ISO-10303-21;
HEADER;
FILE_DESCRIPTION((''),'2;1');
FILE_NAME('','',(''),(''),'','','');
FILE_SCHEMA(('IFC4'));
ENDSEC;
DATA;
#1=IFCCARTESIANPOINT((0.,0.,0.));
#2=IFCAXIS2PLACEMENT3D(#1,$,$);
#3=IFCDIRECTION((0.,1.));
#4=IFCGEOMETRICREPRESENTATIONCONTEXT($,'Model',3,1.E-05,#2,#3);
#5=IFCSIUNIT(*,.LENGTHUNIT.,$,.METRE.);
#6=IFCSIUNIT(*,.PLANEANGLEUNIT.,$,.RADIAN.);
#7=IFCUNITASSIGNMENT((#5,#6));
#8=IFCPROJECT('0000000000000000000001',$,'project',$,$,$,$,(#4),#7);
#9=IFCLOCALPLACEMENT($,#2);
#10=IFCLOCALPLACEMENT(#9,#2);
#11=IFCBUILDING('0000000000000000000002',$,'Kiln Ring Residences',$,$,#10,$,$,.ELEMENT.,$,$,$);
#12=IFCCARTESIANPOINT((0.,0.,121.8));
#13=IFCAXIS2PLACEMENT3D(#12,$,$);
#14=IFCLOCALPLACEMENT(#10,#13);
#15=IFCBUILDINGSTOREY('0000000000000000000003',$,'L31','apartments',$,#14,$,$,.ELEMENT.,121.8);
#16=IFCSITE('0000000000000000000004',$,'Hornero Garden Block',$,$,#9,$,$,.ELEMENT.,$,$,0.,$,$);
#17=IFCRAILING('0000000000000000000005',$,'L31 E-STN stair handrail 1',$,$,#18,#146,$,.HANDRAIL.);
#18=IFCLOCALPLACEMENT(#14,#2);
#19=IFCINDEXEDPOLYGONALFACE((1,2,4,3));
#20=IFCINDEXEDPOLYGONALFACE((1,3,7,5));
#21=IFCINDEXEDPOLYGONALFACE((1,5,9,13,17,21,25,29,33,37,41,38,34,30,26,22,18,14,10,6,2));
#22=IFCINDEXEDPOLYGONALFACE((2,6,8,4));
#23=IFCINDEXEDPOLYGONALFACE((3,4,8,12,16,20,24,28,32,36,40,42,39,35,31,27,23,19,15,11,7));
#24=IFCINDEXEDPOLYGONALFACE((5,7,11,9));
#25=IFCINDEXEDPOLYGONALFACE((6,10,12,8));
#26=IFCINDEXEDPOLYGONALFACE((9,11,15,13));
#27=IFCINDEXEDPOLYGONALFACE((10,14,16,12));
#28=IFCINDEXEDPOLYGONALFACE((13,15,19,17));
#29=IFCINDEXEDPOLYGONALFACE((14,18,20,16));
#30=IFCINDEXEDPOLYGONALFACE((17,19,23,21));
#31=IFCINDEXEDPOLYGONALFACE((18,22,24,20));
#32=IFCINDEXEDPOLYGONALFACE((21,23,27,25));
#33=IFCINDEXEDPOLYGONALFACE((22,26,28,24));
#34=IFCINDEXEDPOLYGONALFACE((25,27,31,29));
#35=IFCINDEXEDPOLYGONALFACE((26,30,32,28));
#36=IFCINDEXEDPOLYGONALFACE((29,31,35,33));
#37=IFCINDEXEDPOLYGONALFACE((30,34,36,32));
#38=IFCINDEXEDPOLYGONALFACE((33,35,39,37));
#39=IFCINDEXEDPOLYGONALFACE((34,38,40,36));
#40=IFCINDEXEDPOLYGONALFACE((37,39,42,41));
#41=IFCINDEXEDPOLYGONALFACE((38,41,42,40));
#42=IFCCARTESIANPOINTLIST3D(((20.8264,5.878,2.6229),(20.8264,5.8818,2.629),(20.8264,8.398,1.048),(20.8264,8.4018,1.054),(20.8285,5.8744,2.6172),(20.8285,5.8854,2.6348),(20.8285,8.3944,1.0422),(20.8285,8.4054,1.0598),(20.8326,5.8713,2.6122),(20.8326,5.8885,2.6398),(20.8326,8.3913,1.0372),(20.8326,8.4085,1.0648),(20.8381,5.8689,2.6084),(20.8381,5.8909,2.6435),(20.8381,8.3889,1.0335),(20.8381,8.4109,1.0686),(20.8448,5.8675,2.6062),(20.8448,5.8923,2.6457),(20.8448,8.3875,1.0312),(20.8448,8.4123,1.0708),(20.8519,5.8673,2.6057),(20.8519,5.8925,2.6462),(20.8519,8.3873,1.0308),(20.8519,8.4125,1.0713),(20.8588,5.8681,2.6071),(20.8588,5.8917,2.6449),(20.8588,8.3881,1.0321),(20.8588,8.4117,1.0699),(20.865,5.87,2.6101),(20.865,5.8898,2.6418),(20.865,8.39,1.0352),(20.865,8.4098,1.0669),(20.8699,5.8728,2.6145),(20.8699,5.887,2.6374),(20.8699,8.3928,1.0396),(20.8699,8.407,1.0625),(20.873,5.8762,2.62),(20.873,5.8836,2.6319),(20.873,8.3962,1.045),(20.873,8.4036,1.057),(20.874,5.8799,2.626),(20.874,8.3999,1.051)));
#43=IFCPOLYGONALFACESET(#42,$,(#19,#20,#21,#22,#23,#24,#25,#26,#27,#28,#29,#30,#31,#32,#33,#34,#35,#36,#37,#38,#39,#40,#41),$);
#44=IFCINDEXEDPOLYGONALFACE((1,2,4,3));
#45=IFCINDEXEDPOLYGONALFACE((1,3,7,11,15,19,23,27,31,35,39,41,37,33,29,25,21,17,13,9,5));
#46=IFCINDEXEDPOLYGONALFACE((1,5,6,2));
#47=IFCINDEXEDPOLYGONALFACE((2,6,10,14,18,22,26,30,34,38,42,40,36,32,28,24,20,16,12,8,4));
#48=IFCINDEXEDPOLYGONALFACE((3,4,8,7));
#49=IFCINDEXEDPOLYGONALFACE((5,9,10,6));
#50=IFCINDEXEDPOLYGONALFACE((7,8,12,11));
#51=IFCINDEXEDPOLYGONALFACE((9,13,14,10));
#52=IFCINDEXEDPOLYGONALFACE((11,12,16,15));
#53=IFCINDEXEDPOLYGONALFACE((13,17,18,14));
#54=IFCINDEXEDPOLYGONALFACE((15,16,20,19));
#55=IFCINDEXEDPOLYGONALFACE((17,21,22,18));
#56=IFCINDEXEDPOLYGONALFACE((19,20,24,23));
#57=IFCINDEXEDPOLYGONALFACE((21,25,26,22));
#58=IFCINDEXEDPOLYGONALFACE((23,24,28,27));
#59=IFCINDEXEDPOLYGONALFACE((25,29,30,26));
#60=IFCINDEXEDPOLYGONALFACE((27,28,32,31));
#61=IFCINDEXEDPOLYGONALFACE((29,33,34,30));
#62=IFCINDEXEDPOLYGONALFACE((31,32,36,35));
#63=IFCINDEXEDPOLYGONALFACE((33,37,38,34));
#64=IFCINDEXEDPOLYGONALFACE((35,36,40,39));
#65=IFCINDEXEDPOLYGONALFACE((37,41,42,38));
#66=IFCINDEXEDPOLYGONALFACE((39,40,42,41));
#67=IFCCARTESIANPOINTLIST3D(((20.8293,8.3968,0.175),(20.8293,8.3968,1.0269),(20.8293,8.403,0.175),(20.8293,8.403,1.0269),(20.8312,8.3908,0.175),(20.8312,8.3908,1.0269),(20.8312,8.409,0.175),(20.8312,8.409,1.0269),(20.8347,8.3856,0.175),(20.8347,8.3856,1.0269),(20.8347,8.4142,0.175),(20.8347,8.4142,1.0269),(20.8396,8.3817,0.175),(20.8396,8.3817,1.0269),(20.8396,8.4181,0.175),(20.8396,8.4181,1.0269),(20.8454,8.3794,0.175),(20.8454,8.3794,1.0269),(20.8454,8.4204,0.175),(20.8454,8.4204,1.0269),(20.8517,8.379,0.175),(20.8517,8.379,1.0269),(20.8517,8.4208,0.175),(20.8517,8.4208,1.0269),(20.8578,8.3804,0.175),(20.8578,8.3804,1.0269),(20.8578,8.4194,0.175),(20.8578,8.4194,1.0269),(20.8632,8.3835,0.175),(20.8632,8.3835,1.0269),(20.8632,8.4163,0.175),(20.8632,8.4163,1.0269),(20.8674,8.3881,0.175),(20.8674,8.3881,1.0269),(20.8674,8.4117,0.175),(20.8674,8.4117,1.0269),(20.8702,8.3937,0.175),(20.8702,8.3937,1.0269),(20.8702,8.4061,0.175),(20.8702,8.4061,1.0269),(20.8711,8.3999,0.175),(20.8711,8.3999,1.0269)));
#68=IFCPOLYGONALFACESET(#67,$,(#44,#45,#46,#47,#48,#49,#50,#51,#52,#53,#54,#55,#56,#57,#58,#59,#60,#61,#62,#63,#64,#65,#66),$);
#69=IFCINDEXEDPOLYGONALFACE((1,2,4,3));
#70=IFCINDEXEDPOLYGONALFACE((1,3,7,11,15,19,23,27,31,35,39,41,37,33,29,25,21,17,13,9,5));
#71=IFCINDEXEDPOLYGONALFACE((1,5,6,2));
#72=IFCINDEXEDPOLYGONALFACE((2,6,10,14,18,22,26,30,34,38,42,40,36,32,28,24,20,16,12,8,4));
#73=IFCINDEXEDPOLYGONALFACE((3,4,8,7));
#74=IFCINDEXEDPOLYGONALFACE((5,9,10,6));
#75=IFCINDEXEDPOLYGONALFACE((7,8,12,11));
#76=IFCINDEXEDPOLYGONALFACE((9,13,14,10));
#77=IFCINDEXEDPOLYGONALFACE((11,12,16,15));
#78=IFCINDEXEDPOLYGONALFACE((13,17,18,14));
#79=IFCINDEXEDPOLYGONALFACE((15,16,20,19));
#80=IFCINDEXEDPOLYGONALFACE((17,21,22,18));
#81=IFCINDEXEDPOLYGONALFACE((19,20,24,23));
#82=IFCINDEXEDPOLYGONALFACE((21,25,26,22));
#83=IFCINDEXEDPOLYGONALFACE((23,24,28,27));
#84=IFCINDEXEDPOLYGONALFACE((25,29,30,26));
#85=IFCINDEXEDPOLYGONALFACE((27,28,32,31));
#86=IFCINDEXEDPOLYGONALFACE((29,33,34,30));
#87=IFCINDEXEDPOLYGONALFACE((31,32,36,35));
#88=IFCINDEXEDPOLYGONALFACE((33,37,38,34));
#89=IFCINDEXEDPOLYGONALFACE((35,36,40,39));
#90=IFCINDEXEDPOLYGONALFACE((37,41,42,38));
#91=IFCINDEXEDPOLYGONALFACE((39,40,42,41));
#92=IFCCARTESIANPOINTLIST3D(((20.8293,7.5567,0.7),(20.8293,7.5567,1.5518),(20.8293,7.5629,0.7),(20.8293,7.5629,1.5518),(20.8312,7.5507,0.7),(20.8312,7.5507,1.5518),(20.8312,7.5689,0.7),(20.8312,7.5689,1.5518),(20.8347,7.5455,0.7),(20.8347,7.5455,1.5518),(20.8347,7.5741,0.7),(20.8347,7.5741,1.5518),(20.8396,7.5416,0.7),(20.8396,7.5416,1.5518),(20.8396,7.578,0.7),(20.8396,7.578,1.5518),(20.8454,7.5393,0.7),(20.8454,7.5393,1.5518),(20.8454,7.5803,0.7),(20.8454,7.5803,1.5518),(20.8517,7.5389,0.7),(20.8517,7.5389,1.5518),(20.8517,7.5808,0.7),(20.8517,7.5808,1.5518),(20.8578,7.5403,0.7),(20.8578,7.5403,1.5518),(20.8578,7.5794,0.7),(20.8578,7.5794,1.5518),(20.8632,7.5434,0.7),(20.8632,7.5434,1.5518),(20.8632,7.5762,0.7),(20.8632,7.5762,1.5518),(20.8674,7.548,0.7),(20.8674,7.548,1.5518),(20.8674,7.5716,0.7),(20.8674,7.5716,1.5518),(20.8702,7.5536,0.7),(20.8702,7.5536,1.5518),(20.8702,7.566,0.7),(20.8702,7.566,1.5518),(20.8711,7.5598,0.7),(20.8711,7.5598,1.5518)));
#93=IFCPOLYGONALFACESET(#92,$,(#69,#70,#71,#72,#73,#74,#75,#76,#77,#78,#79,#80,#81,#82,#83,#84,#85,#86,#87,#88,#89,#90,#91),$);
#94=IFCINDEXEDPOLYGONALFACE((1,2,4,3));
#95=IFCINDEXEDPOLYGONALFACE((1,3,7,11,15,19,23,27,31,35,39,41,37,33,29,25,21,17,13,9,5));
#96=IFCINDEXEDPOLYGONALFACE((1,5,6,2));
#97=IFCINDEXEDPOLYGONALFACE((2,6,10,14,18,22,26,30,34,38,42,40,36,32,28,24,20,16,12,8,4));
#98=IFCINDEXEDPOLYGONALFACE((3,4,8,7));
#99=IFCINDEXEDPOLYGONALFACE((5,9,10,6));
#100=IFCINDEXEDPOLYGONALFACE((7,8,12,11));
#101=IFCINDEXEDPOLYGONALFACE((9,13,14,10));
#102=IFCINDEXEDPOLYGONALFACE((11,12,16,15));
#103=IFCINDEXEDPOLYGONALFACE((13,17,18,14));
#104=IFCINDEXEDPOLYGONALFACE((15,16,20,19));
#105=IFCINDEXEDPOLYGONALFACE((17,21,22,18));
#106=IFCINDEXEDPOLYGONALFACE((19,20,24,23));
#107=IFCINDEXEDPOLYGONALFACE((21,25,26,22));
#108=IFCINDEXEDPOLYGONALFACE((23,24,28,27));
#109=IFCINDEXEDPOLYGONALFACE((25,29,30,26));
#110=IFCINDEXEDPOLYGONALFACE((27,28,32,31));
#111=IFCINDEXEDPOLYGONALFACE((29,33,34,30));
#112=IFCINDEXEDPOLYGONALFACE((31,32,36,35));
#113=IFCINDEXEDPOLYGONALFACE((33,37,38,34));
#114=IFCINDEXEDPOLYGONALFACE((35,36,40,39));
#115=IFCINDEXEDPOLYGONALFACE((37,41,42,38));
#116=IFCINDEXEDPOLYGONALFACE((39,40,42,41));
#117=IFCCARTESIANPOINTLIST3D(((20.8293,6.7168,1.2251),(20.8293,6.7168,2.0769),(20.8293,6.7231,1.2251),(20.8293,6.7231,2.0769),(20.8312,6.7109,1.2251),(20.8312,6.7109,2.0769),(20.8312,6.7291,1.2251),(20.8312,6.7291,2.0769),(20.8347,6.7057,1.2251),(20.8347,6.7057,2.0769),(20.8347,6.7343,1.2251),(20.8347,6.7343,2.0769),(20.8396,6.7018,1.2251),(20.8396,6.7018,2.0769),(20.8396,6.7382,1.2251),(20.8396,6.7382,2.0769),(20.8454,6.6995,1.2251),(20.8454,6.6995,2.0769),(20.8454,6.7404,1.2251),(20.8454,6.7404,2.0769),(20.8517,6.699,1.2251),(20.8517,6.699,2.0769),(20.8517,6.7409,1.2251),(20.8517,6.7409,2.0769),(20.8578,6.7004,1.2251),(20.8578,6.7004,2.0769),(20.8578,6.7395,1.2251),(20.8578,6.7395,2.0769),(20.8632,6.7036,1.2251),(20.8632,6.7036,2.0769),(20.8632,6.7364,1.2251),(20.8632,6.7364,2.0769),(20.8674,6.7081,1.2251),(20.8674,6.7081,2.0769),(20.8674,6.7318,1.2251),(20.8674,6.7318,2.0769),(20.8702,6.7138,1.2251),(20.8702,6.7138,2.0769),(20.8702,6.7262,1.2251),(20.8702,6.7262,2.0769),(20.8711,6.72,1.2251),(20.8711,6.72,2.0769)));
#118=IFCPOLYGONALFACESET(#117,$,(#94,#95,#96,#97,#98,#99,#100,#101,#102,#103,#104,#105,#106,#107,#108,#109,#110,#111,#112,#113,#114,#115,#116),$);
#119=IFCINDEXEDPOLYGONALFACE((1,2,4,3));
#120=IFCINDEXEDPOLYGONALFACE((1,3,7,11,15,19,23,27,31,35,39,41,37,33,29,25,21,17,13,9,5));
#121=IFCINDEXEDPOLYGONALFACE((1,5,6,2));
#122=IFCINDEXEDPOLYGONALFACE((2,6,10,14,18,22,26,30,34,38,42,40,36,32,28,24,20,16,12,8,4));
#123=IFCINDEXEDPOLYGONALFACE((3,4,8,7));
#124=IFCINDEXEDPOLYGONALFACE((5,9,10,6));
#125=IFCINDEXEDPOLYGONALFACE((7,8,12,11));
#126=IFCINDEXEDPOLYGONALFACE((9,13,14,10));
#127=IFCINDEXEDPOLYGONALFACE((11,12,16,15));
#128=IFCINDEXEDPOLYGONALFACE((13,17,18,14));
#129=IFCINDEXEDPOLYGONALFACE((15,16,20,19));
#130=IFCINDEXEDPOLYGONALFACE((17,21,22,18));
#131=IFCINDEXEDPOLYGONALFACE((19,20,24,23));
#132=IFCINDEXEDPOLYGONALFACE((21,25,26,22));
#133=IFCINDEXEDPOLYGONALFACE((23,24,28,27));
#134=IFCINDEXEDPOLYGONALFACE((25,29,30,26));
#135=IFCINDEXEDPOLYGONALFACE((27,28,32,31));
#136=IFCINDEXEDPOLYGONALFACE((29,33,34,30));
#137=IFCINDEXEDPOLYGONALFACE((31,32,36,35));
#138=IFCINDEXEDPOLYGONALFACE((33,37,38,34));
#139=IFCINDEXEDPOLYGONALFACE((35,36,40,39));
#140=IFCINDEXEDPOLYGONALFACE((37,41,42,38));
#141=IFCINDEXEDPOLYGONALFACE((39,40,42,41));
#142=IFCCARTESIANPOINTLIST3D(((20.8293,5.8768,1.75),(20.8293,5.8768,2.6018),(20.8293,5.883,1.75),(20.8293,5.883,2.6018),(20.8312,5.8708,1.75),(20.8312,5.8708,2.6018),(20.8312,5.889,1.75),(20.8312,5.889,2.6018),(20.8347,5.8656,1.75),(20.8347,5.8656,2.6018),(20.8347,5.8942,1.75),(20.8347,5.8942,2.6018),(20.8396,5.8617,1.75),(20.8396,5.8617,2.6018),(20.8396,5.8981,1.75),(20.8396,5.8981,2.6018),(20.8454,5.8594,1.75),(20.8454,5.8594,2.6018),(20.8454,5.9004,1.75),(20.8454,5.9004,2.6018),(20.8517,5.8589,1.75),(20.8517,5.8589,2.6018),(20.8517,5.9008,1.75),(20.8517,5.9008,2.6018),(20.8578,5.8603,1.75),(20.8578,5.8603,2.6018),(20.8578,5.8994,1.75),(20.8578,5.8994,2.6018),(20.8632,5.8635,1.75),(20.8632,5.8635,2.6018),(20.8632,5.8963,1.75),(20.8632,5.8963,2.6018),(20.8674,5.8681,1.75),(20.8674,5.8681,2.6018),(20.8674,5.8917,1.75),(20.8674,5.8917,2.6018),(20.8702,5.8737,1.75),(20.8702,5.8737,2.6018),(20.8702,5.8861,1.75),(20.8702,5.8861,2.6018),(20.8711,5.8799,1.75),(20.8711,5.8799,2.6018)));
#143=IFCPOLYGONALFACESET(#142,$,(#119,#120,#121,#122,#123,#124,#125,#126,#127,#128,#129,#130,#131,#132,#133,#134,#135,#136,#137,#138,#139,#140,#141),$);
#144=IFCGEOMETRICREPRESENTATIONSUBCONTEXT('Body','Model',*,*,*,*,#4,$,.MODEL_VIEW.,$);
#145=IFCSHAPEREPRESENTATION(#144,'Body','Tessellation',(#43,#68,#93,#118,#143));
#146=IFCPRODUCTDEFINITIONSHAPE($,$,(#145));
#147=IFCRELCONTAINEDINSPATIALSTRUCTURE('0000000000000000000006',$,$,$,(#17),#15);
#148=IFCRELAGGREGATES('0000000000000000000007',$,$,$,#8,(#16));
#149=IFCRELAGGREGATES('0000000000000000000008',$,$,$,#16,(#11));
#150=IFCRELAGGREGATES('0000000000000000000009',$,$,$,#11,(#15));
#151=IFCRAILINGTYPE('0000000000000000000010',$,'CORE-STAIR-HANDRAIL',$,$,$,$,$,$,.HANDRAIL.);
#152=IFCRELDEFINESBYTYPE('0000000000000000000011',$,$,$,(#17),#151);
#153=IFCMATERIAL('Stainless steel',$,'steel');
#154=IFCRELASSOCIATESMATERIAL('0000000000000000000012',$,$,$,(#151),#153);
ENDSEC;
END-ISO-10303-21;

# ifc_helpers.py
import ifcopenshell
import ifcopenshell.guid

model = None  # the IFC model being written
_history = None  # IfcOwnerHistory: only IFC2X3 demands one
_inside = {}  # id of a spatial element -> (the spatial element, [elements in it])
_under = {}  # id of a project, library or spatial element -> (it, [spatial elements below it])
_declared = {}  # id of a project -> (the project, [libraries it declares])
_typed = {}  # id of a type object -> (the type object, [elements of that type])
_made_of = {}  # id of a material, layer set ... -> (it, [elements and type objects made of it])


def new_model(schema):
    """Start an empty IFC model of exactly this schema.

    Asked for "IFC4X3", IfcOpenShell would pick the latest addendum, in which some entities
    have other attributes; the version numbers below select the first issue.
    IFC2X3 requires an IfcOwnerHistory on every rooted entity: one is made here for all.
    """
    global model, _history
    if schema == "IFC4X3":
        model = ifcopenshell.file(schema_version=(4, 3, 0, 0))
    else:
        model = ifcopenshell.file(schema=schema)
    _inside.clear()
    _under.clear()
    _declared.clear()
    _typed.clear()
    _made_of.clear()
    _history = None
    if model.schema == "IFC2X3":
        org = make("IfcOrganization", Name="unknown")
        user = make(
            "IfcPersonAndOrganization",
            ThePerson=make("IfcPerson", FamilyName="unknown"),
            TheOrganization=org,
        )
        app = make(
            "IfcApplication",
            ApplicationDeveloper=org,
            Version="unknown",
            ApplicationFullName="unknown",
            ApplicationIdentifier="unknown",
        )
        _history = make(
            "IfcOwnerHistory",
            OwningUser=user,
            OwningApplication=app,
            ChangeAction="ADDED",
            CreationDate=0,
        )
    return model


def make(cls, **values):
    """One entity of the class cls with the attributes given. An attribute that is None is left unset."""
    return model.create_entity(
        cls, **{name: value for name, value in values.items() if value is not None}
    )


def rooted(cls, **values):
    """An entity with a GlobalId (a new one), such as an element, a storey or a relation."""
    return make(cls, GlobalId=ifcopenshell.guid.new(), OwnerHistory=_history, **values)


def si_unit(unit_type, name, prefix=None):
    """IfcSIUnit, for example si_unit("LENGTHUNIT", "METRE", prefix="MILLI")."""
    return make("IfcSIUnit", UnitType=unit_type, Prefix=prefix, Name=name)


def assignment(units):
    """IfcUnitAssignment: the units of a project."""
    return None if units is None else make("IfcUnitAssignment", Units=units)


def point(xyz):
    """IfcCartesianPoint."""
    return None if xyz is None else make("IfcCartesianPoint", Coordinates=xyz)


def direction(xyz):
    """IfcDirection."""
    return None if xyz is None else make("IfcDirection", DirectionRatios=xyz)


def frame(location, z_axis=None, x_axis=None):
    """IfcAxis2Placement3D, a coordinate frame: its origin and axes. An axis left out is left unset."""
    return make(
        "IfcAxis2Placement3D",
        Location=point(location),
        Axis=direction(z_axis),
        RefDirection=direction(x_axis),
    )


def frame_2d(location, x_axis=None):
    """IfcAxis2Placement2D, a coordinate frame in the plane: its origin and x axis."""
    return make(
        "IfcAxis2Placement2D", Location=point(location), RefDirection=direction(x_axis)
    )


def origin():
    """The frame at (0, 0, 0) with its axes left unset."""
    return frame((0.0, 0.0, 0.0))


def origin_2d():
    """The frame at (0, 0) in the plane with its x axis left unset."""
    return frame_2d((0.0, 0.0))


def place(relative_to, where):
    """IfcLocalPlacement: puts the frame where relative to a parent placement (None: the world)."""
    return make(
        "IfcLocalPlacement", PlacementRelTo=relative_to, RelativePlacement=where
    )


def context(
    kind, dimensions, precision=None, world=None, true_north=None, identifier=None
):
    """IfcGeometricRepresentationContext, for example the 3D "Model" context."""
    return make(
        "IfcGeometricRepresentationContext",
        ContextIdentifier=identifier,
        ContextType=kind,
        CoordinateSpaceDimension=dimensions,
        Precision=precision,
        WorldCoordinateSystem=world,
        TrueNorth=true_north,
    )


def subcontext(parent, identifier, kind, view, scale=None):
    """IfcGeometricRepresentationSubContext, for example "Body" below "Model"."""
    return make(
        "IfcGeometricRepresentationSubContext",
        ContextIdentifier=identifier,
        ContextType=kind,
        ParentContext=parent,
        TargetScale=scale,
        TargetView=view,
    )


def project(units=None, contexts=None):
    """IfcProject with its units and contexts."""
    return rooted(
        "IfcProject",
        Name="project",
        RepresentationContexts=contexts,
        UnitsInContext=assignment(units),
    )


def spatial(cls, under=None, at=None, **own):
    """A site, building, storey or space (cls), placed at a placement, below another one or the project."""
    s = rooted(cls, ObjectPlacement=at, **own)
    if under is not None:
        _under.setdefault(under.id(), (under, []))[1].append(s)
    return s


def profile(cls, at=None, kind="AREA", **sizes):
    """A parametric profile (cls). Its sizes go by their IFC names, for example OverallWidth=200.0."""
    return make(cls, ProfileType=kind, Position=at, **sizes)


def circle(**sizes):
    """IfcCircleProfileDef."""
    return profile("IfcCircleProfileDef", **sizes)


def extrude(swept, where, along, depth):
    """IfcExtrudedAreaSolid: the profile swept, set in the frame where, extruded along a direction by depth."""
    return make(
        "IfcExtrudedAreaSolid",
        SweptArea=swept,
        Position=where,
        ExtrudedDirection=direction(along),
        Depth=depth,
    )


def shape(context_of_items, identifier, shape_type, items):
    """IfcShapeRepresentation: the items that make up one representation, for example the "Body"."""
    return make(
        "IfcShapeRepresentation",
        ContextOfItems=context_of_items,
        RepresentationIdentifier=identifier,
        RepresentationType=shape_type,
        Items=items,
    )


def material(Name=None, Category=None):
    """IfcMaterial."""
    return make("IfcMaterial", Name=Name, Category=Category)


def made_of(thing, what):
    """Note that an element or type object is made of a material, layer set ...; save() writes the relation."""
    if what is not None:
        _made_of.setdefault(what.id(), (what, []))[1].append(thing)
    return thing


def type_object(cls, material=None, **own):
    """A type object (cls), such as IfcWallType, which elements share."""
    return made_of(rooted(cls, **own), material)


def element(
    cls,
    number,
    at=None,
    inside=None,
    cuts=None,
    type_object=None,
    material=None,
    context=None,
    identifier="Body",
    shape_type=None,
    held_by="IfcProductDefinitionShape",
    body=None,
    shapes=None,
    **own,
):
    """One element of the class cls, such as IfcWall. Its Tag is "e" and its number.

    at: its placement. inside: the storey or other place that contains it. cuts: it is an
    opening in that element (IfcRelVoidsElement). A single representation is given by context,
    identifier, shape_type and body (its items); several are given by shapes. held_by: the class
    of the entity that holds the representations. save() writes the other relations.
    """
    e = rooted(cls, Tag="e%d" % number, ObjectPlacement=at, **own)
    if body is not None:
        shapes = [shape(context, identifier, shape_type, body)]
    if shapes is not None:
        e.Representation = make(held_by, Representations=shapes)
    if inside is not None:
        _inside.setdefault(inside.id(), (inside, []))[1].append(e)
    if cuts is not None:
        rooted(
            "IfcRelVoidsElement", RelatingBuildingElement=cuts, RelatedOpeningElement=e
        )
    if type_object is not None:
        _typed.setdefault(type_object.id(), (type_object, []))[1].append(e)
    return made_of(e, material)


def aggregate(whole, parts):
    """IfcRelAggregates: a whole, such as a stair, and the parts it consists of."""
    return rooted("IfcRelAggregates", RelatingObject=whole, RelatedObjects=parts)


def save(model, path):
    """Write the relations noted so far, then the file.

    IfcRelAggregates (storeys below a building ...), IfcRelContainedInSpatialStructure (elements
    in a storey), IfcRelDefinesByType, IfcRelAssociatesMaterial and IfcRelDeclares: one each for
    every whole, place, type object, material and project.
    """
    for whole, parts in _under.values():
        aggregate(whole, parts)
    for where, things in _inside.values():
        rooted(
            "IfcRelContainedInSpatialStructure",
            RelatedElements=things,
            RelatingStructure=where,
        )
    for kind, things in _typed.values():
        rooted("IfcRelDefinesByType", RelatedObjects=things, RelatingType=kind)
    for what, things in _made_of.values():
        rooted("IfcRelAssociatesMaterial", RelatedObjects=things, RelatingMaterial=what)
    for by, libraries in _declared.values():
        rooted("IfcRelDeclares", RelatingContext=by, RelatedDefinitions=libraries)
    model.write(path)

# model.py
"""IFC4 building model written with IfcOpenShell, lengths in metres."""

from ifc_helpers import new_model, si_unit, direction, frame, origin, origin_2d, place, context, subcontext, project, spatial, circle, extrude, material, type_object, element, save


model = new_model("IFC4")

# Units and contexts
model_context = context("Model", 3, precision=1e-05, world=origin(), true_north=direction((0.0, 1.0)))
body_context = subcontext(model_context, "Body", "Model", "MODEL_VIEW")
ifc_project = project(units=[si_unit("LENGTHUNIT", "METRE"), si_unit("PLANEANGLEUNIT", "RADIAN")], contexts=[model_context])

# Site, building, storey
site_placement = place(None, origin())
site = spatial("IfcSite", under=ifc_project, at=site_placement, Name="Hornero Garden Block", CompositionType="ELEMENT", RefElevation=0.0)
building_placement = place(site_placement, origin())
building = spatial("IfcBuilding", under=site, at=building_placement, Name="Kiln Ring Residences", CompositionType="ELEMENT")
storey_placement = place(building_placement, frame((0.0, 0.0, 121.8)))
storey = spatial("IfcBuildingStorey", under=building, at=storey_placement, Name="L31", Description="apartments", CompositionType="ELEMENT", Elevation=121.8)

# Railing
ifc_material_1 = material(Name="Stainless steel", Category="steel")
railing_type_1 = type_object("IfcRailingType", Name="CORE-STAIR-HANDRAIL", PredefinedType="HANDRAIL", material=ifc_material_1)
railing_1_placement = place(storey_placement, frame((20.8501, 8.3999, 0.175)))
element("IfcRailing", 1, at=railing_1_placement, inside=storey, type_object=railing_type_1, Name="L31 E-STN stair handrail 1", PredefinedType="HANDRAIL", context=body_context, shape_type="SweptSolid", body=[
    extrude(circle(Radius=0.0239, at=origin_2d()), frame((0.0, 0.0, 0.876), z_axis=(0.0, -0.848008, 0.529984), x_axis=(1.0, 0.0, 0.0)), (0.0, 0.0, 1.0), 2.9717),
    extrude(circle(Radius=0.021, at=origin_2d()), origin(), (0.0, 0.0, 1.0), 0.8518),
    extrude(circle(Radius=0.021, at=origin_2d()), frame((0.0, -0.8401, 0.5249)), (0.0, 0.0, 1.0), 0.8518),
    extrude(circle(Radius=0.021, at=origin_2d()), frame((0.0, -1.6799, 1.05)), (0.0, 0.0, 1.0), 0.8518),
    extrude(circle(Radius=0.021, at=origin_2d()), frame((0.0, -2.52, 1.575)), (0.0, 0.0, 1.0), 0.8518),
])

save(model, "model.ifc")
